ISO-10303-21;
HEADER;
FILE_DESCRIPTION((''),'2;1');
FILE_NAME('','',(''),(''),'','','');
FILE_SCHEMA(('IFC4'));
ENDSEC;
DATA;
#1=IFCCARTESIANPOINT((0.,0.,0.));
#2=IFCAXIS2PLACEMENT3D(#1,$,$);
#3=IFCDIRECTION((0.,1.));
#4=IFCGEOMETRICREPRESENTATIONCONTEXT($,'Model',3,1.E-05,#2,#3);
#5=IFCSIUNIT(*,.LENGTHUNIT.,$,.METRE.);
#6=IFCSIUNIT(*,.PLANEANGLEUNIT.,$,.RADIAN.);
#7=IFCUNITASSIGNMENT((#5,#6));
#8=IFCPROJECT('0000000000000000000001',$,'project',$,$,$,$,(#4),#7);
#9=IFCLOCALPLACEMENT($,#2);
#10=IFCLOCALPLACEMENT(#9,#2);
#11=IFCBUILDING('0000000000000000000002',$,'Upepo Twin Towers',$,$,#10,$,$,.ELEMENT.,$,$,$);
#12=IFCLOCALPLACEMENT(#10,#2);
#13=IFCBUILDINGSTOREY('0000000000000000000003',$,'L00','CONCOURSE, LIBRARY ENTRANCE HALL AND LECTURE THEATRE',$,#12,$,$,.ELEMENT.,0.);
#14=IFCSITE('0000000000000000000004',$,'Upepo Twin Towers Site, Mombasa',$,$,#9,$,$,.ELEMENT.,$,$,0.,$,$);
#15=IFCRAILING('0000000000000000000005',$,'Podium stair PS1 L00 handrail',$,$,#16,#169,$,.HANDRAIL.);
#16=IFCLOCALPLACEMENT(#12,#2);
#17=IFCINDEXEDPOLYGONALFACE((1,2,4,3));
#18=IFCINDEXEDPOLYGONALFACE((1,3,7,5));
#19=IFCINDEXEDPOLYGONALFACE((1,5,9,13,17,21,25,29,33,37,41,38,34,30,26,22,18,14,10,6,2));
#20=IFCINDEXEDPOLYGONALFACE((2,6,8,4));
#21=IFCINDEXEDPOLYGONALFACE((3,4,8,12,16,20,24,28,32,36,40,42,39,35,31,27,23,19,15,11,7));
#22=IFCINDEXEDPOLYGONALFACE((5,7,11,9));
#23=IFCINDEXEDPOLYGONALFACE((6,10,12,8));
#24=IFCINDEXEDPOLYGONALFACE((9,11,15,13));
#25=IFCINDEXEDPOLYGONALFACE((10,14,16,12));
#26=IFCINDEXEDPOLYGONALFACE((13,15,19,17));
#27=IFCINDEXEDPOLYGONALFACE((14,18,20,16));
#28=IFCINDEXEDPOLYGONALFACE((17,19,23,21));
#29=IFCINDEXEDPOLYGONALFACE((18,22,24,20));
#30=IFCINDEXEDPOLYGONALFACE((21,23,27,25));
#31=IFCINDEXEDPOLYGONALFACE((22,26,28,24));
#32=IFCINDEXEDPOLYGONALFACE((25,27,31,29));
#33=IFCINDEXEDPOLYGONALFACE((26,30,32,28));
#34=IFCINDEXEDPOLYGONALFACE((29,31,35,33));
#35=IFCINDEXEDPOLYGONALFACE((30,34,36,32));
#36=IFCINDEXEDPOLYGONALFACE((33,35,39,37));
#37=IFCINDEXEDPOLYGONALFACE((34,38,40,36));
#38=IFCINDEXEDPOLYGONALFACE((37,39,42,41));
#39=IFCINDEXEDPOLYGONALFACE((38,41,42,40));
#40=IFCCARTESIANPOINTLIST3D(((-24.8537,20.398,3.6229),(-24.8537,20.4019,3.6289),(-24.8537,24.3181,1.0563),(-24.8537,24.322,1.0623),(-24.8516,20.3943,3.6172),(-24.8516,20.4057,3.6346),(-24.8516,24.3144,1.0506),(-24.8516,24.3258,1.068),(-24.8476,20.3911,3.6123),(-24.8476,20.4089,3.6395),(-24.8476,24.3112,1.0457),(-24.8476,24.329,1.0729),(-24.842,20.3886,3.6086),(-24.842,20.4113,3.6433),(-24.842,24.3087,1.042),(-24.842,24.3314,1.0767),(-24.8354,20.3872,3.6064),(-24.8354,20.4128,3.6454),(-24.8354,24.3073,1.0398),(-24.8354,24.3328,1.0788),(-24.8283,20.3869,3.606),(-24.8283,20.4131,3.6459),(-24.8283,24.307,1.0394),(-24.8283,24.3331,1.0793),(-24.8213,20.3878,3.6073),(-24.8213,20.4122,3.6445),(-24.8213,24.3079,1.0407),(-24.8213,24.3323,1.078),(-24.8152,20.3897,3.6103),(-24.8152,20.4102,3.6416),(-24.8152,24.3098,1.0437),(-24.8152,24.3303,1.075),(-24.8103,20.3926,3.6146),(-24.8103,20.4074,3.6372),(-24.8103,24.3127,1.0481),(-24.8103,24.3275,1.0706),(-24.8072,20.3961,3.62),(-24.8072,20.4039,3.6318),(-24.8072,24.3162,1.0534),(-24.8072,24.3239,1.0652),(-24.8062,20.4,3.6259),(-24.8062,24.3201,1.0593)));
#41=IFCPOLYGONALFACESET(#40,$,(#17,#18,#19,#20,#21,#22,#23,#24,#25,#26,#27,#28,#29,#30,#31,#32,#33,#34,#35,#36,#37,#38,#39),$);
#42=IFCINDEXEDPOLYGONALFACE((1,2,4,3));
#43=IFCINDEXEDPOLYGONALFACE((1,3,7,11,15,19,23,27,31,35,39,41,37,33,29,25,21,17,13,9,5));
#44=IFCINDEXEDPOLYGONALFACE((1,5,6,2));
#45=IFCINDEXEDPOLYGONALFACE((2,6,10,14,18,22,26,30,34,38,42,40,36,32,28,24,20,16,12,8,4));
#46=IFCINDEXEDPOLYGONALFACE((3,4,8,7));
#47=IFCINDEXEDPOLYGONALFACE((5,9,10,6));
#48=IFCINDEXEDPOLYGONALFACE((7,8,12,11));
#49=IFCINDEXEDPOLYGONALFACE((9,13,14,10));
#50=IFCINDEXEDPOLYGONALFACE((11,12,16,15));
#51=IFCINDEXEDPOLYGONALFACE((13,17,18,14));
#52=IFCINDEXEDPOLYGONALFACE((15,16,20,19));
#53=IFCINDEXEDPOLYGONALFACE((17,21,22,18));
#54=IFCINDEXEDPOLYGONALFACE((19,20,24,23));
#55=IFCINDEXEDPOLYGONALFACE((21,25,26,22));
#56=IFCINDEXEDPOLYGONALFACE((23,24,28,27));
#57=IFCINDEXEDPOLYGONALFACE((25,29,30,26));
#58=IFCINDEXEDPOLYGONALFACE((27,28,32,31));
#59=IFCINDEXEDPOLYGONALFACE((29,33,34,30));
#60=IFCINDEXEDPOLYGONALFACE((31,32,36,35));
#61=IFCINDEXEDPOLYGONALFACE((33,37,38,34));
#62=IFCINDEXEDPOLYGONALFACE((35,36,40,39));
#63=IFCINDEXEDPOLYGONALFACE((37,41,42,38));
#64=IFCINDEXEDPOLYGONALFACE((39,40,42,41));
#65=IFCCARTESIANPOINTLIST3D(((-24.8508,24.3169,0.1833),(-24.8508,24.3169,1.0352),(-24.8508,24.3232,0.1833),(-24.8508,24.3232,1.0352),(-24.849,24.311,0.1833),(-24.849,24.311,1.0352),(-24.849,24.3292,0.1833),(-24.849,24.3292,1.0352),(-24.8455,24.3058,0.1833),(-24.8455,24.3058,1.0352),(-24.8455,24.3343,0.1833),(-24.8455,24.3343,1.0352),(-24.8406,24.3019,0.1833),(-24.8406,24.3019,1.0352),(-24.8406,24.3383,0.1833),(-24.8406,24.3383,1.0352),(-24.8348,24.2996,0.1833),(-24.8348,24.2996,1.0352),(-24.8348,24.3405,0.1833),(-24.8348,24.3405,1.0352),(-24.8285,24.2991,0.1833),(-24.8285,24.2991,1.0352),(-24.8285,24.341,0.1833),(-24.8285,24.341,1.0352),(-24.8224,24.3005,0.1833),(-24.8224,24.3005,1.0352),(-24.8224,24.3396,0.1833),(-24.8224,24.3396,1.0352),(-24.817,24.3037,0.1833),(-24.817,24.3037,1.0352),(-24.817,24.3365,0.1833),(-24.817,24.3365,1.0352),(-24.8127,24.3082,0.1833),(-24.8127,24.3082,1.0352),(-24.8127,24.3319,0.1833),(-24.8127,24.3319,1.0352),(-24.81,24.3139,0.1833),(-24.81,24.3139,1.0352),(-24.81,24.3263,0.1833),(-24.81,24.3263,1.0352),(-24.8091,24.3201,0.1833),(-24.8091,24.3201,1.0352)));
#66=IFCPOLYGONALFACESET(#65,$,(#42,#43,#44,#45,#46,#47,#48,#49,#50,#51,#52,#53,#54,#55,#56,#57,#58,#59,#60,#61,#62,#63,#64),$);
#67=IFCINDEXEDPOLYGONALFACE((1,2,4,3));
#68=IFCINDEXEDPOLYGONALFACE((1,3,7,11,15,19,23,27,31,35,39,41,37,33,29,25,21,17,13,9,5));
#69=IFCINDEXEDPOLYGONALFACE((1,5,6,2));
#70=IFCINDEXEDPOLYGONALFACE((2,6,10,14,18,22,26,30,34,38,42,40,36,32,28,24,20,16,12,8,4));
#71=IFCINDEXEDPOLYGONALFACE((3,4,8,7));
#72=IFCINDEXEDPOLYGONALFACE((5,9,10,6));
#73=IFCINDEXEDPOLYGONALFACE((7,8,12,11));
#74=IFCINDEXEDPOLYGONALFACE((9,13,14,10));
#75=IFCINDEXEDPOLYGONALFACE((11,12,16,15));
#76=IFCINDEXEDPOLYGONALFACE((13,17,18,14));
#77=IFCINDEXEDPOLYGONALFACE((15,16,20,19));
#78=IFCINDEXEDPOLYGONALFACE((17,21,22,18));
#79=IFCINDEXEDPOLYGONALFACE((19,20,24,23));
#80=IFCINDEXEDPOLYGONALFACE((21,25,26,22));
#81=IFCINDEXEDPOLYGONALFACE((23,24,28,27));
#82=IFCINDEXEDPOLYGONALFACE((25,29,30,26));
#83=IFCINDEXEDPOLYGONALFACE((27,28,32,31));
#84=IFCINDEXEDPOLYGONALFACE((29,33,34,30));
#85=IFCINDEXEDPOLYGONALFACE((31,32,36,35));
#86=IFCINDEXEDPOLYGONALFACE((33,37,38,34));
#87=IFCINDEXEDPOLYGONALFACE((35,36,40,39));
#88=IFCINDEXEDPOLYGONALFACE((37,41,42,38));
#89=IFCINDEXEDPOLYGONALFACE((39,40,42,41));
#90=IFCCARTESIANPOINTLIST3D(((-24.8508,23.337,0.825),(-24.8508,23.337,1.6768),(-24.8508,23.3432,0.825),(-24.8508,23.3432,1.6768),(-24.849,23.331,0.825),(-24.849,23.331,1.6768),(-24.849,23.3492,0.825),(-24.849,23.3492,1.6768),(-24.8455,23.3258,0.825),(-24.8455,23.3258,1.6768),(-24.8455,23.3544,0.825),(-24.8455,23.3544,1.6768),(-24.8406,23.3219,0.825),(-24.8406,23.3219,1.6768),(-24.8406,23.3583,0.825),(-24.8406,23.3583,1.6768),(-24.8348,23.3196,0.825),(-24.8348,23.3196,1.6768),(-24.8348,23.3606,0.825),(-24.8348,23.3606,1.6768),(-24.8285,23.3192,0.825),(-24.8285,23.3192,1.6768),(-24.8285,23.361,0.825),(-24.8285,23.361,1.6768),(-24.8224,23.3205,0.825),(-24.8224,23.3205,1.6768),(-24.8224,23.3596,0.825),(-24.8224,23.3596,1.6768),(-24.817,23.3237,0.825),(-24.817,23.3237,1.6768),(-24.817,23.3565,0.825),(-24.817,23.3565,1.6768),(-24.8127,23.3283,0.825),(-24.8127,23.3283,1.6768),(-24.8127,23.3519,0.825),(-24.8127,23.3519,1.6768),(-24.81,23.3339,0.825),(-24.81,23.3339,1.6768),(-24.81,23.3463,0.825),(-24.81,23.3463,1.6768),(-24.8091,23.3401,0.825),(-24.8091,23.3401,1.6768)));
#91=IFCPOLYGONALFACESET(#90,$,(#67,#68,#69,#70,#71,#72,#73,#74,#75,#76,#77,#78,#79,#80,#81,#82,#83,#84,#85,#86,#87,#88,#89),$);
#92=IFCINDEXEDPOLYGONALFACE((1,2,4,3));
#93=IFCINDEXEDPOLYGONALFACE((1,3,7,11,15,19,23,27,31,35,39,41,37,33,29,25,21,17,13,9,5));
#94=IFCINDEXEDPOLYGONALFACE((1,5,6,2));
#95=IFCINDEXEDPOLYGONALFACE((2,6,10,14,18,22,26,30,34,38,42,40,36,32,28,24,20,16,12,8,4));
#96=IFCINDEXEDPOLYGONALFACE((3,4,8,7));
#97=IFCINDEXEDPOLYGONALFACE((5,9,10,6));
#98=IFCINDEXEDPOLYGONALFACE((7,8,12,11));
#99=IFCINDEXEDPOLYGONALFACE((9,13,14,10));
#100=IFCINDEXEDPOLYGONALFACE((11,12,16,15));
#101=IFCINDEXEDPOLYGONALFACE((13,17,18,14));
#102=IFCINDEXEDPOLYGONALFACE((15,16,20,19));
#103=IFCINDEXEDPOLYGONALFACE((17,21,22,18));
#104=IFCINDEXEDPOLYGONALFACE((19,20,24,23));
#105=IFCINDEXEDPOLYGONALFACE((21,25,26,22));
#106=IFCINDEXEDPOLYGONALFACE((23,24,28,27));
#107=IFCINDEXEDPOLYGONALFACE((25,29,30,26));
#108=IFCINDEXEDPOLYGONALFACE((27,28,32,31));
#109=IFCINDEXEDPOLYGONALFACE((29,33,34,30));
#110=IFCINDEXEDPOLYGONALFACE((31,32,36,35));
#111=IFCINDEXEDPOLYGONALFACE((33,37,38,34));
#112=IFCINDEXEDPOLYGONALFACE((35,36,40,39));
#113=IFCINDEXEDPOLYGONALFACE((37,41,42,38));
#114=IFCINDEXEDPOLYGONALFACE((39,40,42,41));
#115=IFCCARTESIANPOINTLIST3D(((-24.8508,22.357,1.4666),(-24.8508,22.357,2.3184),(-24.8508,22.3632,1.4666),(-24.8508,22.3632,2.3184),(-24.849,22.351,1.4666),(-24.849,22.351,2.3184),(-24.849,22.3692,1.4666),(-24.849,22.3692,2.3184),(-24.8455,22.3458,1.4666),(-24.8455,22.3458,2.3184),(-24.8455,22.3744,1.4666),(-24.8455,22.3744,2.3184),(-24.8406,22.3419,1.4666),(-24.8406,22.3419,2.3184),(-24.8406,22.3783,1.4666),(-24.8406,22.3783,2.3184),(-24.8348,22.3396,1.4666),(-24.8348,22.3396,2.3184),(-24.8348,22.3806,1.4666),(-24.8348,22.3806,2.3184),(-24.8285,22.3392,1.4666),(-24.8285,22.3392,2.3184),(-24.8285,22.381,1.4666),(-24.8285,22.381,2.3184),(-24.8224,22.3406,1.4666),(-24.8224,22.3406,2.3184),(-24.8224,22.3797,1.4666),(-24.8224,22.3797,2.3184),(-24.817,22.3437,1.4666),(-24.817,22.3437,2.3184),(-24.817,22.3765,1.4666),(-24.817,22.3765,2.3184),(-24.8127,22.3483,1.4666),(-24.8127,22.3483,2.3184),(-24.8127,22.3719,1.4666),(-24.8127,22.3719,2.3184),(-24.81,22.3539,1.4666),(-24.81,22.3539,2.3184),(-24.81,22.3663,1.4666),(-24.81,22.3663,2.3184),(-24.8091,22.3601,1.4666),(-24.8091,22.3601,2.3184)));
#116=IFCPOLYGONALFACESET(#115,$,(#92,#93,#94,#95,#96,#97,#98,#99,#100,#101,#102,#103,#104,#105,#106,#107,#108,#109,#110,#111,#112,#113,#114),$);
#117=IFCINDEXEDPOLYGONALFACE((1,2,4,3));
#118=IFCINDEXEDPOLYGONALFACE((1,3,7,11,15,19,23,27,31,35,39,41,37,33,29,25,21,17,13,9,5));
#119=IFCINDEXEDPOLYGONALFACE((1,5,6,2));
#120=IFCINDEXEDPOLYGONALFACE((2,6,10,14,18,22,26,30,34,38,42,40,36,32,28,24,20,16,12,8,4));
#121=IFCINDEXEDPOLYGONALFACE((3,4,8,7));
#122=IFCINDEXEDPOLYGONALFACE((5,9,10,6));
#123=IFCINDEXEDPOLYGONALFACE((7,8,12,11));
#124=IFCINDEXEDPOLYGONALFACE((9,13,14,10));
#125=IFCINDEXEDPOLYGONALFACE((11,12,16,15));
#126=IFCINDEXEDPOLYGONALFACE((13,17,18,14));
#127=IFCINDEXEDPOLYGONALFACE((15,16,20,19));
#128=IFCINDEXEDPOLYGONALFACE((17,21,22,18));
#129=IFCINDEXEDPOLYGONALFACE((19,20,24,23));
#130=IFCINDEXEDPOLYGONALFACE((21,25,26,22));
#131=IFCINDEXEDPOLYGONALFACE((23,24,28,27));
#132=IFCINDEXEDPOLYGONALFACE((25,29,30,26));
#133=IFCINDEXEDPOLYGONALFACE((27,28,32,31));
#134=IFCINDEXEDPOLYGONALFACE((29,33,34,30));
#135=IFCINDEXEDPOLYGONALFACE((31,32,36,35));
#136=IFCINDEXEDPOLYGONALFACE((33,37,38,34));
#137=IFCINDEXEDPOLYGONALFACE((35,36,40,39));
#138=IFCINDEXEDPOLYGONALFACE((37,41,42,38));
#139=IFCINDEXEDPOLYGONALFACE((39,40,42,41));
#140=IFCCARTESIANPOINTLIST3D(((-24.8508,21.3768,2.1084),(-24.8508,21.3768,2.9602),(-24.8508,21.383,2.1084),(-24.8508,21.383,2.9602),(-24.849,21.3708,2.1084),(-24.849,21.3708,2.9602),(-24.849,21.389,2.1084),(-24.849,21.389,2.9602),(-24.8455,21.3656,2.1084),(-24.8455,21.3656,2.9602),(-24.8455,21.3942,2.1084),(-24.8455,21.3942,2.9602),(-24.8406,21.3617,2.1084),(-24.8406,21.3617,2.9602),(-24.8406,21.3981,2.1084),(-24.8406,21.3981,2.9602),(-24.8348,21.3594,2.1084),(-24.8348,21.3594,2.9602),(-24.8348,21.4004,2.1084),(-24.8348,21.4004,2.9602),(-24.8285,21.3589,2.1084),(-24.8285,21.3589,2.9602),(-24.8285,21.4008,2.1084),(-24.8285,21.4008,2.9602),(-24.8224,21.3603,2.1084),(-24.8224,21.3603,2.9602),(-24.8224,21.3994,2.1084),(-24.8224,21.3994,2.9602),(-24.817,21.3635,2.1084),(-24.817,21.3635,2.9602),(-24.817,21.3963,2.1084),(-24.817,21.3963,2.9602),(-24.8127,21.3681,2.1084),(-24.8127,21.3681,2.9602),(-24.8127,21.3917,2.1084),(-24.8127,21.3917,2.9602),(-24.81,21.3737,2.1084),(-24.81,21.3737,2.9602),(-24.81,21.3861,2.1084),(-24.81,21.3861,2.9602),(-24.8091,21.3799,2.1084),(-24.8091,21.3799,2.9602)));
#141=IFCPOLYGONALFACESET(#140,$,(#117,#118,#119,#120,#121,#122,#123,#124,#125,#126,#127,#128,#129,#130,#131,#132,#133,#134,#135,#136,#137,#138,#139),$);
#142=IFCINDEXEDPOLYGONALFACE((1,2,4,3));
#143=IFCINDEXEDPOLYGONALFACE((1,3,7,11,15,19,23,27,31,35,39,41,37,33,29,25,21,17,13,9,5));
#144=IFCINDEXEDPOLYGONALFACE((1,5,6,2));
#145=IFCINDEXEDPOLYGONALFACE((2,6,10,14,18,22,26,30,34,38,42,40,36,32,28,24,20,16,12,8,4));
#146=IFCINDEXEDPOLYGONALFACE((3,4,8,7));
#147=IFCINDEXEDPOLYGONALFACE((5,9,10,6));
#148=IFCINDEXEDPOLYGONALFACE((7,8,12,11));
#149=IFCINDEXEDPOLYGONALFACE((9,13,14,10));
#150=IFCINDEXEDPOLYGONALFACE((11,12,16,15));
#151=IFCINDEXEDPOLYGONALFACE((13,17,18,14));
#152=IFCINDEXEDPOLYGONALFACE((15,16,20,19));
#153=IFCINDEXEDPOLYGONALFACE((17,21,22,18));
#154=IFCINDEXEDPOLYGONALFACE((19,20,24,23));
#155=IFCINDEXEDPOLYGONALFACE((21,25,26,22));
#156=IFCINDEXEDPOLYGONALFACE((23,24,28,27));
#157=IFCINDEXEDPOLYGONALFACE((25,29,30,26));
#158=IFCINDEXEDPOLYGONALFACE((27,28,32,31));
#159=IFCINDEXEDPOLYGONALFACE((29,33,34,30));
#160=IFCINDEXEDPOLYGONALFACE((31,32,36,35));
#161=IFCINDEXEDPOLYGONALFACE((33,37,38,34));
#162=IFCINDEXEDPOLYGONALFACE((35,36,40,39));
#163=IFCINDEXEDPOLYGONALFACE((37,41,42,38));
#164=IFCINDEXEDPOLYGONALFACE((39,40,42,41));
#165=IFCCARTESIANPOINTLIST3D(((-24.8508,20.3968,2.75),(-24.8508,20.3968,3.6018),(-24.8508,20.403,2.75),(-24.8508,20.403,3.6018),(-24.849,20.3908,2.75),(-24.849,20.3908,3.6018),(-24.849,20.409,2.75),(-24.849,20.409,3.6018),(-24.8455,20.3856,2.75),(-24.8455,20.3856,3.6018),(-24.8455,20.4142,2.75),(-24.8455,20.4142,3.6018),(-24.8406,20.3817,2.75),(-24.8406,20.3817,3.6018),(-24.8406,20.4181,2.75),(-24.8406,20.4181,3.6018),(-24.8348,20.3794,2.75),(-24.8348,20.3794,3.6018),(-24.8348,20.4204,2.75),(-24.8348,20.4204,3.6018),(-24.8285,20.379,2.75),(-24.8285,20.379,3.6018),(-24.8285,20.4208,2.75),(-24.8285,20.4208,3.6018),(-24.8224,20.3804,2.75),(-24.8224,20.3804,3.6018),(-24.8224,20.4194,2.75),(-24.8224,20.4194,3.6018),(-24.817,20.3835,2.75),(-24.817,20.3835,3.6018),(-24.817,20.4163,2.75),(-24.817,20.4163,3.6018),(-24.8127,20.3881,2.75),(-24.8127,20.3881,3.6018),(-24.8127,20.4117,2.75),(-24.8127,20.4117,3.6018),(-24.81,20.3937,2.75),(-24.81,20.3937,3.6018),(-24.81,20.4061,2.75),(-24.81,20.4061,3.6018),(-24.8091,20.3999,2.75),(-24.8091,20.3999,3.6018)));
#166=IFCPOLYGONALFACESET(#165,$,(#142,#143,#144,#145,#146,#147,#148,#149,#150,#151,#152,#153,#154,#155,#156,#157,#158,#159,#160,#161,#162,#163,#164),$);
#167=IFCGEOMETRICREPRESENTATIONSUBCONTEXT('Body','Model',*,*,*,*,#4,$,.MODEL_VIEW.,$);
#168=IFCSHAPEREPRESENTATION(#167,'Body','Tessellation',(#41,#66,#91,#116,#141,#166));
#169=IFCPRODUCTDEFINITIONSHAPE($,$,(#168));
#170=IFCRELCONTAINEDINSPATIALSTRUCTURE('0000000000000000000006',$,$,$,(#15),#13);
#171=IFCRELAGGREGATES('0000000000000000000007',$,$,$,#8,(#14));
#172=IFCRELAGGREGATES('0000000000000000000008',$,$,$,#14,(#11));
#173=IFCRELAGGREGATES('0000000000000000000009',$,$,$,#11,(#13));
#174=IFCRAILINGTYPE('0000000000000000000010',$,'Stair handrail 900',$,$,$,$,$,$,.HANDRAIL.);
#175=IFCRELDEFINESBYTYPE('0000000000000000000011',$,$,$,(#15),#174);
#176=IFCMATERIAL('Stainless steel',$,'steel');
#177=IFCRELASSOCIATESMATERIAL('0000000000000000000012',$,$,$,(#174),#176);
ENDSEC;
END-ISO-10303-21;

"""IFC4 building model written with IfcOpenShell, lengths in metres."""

from ifc_helpers import new_model, si_unit, direction, frame, origin, origin_2d, place, context, subcontext, project, spatial, circle, extrude, material, type_object, element, save


model = new_model("IFC4")

# Units and contexts
model_context = context("Model", 3, precision=1e-05, world=origin(), true_north=direction((0.0, 1.0)))
body_context = subcontext(model_context, "Body", "Model", "MODEL_VIEW")
ifc_project = project(units=[si_unit("LENGTHUNIT", "METRE"), si_unit("PLANEANGLEUNIT", "RADIAN")], contexts=[model_context])

# Site, building, storey
site_placement = place(None, origin())
site = spatial("IfcSite", under=ifc_project, at=site_placement, Name="Upepo Twin Towers Site, Mombasa", CompositionType="ELEMENT", RefElevation=0.0)
building_placement = place(site_placement, origin())
building = spatial("IfcBuilding", under=site, at=building_placement, Name="Upepo Twin Towers", CompositionType="ELEMENT")
storey_placement = place(building_placement, origin())
storey = spatial("IfcBuildingStorey", under=building, at=storey_placement, Name="L00", Description="CONCOURSE, LIBRARY ENTRANCE HALL AND LECTURE THEATRE", CompositionType="ELEMENT", Elevation=0.0)

# Railing
ifc_material_1 = material(Name="Stainless steel", Category="steel")
railing_type = type_object("IfcRailingType", Name="Stair handrail 900", PredefinedType="HANDRAIL", material=ifc_material_1)
railing_placement = place(storey_placement, frame((-24.8301, 24.3201, 0.1833)))
element("IfcRailing", 1, at=railing_placement, inside=storey, type_object=railing_type, Name="Podium stair PS1 L00 handrail", PredefinedType="HANDRAIL", context=body_context, shape_type="SweptSolid", body=[
    extrude(circle(Radius=0.0239, at=origin_2d()), frame((0.0, 0.0, 0.876), z_axis=(0.0, -0.836631, 0.547767), x_axis=(1.0, 0.0, 0.0)), (0.0, 0.0, 1.0), 4.6855),
    extrude(circle(Radius=0.021, at=origin_2d()), origin(), (0.0, 0.0, 1.0), 0.8518),
    extrude(circle(Radius=0.021, at=origin_2d()), frame((0.0, -0.98, 0.6416)), (0.0, 0.0, 1.0), 0.8518),
    extrude(circle(Radius=0.021, at=origin_2d()), frame((0.0, -1.96, 1.2832)), (0.0, 0.0, 1.0), 0.8518),
    extrude(circle(Radius=0.021, at=origin_2d()), frame((0.0, -2.9402, 1.925)), (0.0, 0.0, 1.0), 0.8518),
    extrude(circle(Radius=0.021, at=origin_2d()), frame((0.0, -3.9202, 2.5667)), (0.0, 0.0, 1.0), 0.8518),
])

save(model, "model.ifc")
